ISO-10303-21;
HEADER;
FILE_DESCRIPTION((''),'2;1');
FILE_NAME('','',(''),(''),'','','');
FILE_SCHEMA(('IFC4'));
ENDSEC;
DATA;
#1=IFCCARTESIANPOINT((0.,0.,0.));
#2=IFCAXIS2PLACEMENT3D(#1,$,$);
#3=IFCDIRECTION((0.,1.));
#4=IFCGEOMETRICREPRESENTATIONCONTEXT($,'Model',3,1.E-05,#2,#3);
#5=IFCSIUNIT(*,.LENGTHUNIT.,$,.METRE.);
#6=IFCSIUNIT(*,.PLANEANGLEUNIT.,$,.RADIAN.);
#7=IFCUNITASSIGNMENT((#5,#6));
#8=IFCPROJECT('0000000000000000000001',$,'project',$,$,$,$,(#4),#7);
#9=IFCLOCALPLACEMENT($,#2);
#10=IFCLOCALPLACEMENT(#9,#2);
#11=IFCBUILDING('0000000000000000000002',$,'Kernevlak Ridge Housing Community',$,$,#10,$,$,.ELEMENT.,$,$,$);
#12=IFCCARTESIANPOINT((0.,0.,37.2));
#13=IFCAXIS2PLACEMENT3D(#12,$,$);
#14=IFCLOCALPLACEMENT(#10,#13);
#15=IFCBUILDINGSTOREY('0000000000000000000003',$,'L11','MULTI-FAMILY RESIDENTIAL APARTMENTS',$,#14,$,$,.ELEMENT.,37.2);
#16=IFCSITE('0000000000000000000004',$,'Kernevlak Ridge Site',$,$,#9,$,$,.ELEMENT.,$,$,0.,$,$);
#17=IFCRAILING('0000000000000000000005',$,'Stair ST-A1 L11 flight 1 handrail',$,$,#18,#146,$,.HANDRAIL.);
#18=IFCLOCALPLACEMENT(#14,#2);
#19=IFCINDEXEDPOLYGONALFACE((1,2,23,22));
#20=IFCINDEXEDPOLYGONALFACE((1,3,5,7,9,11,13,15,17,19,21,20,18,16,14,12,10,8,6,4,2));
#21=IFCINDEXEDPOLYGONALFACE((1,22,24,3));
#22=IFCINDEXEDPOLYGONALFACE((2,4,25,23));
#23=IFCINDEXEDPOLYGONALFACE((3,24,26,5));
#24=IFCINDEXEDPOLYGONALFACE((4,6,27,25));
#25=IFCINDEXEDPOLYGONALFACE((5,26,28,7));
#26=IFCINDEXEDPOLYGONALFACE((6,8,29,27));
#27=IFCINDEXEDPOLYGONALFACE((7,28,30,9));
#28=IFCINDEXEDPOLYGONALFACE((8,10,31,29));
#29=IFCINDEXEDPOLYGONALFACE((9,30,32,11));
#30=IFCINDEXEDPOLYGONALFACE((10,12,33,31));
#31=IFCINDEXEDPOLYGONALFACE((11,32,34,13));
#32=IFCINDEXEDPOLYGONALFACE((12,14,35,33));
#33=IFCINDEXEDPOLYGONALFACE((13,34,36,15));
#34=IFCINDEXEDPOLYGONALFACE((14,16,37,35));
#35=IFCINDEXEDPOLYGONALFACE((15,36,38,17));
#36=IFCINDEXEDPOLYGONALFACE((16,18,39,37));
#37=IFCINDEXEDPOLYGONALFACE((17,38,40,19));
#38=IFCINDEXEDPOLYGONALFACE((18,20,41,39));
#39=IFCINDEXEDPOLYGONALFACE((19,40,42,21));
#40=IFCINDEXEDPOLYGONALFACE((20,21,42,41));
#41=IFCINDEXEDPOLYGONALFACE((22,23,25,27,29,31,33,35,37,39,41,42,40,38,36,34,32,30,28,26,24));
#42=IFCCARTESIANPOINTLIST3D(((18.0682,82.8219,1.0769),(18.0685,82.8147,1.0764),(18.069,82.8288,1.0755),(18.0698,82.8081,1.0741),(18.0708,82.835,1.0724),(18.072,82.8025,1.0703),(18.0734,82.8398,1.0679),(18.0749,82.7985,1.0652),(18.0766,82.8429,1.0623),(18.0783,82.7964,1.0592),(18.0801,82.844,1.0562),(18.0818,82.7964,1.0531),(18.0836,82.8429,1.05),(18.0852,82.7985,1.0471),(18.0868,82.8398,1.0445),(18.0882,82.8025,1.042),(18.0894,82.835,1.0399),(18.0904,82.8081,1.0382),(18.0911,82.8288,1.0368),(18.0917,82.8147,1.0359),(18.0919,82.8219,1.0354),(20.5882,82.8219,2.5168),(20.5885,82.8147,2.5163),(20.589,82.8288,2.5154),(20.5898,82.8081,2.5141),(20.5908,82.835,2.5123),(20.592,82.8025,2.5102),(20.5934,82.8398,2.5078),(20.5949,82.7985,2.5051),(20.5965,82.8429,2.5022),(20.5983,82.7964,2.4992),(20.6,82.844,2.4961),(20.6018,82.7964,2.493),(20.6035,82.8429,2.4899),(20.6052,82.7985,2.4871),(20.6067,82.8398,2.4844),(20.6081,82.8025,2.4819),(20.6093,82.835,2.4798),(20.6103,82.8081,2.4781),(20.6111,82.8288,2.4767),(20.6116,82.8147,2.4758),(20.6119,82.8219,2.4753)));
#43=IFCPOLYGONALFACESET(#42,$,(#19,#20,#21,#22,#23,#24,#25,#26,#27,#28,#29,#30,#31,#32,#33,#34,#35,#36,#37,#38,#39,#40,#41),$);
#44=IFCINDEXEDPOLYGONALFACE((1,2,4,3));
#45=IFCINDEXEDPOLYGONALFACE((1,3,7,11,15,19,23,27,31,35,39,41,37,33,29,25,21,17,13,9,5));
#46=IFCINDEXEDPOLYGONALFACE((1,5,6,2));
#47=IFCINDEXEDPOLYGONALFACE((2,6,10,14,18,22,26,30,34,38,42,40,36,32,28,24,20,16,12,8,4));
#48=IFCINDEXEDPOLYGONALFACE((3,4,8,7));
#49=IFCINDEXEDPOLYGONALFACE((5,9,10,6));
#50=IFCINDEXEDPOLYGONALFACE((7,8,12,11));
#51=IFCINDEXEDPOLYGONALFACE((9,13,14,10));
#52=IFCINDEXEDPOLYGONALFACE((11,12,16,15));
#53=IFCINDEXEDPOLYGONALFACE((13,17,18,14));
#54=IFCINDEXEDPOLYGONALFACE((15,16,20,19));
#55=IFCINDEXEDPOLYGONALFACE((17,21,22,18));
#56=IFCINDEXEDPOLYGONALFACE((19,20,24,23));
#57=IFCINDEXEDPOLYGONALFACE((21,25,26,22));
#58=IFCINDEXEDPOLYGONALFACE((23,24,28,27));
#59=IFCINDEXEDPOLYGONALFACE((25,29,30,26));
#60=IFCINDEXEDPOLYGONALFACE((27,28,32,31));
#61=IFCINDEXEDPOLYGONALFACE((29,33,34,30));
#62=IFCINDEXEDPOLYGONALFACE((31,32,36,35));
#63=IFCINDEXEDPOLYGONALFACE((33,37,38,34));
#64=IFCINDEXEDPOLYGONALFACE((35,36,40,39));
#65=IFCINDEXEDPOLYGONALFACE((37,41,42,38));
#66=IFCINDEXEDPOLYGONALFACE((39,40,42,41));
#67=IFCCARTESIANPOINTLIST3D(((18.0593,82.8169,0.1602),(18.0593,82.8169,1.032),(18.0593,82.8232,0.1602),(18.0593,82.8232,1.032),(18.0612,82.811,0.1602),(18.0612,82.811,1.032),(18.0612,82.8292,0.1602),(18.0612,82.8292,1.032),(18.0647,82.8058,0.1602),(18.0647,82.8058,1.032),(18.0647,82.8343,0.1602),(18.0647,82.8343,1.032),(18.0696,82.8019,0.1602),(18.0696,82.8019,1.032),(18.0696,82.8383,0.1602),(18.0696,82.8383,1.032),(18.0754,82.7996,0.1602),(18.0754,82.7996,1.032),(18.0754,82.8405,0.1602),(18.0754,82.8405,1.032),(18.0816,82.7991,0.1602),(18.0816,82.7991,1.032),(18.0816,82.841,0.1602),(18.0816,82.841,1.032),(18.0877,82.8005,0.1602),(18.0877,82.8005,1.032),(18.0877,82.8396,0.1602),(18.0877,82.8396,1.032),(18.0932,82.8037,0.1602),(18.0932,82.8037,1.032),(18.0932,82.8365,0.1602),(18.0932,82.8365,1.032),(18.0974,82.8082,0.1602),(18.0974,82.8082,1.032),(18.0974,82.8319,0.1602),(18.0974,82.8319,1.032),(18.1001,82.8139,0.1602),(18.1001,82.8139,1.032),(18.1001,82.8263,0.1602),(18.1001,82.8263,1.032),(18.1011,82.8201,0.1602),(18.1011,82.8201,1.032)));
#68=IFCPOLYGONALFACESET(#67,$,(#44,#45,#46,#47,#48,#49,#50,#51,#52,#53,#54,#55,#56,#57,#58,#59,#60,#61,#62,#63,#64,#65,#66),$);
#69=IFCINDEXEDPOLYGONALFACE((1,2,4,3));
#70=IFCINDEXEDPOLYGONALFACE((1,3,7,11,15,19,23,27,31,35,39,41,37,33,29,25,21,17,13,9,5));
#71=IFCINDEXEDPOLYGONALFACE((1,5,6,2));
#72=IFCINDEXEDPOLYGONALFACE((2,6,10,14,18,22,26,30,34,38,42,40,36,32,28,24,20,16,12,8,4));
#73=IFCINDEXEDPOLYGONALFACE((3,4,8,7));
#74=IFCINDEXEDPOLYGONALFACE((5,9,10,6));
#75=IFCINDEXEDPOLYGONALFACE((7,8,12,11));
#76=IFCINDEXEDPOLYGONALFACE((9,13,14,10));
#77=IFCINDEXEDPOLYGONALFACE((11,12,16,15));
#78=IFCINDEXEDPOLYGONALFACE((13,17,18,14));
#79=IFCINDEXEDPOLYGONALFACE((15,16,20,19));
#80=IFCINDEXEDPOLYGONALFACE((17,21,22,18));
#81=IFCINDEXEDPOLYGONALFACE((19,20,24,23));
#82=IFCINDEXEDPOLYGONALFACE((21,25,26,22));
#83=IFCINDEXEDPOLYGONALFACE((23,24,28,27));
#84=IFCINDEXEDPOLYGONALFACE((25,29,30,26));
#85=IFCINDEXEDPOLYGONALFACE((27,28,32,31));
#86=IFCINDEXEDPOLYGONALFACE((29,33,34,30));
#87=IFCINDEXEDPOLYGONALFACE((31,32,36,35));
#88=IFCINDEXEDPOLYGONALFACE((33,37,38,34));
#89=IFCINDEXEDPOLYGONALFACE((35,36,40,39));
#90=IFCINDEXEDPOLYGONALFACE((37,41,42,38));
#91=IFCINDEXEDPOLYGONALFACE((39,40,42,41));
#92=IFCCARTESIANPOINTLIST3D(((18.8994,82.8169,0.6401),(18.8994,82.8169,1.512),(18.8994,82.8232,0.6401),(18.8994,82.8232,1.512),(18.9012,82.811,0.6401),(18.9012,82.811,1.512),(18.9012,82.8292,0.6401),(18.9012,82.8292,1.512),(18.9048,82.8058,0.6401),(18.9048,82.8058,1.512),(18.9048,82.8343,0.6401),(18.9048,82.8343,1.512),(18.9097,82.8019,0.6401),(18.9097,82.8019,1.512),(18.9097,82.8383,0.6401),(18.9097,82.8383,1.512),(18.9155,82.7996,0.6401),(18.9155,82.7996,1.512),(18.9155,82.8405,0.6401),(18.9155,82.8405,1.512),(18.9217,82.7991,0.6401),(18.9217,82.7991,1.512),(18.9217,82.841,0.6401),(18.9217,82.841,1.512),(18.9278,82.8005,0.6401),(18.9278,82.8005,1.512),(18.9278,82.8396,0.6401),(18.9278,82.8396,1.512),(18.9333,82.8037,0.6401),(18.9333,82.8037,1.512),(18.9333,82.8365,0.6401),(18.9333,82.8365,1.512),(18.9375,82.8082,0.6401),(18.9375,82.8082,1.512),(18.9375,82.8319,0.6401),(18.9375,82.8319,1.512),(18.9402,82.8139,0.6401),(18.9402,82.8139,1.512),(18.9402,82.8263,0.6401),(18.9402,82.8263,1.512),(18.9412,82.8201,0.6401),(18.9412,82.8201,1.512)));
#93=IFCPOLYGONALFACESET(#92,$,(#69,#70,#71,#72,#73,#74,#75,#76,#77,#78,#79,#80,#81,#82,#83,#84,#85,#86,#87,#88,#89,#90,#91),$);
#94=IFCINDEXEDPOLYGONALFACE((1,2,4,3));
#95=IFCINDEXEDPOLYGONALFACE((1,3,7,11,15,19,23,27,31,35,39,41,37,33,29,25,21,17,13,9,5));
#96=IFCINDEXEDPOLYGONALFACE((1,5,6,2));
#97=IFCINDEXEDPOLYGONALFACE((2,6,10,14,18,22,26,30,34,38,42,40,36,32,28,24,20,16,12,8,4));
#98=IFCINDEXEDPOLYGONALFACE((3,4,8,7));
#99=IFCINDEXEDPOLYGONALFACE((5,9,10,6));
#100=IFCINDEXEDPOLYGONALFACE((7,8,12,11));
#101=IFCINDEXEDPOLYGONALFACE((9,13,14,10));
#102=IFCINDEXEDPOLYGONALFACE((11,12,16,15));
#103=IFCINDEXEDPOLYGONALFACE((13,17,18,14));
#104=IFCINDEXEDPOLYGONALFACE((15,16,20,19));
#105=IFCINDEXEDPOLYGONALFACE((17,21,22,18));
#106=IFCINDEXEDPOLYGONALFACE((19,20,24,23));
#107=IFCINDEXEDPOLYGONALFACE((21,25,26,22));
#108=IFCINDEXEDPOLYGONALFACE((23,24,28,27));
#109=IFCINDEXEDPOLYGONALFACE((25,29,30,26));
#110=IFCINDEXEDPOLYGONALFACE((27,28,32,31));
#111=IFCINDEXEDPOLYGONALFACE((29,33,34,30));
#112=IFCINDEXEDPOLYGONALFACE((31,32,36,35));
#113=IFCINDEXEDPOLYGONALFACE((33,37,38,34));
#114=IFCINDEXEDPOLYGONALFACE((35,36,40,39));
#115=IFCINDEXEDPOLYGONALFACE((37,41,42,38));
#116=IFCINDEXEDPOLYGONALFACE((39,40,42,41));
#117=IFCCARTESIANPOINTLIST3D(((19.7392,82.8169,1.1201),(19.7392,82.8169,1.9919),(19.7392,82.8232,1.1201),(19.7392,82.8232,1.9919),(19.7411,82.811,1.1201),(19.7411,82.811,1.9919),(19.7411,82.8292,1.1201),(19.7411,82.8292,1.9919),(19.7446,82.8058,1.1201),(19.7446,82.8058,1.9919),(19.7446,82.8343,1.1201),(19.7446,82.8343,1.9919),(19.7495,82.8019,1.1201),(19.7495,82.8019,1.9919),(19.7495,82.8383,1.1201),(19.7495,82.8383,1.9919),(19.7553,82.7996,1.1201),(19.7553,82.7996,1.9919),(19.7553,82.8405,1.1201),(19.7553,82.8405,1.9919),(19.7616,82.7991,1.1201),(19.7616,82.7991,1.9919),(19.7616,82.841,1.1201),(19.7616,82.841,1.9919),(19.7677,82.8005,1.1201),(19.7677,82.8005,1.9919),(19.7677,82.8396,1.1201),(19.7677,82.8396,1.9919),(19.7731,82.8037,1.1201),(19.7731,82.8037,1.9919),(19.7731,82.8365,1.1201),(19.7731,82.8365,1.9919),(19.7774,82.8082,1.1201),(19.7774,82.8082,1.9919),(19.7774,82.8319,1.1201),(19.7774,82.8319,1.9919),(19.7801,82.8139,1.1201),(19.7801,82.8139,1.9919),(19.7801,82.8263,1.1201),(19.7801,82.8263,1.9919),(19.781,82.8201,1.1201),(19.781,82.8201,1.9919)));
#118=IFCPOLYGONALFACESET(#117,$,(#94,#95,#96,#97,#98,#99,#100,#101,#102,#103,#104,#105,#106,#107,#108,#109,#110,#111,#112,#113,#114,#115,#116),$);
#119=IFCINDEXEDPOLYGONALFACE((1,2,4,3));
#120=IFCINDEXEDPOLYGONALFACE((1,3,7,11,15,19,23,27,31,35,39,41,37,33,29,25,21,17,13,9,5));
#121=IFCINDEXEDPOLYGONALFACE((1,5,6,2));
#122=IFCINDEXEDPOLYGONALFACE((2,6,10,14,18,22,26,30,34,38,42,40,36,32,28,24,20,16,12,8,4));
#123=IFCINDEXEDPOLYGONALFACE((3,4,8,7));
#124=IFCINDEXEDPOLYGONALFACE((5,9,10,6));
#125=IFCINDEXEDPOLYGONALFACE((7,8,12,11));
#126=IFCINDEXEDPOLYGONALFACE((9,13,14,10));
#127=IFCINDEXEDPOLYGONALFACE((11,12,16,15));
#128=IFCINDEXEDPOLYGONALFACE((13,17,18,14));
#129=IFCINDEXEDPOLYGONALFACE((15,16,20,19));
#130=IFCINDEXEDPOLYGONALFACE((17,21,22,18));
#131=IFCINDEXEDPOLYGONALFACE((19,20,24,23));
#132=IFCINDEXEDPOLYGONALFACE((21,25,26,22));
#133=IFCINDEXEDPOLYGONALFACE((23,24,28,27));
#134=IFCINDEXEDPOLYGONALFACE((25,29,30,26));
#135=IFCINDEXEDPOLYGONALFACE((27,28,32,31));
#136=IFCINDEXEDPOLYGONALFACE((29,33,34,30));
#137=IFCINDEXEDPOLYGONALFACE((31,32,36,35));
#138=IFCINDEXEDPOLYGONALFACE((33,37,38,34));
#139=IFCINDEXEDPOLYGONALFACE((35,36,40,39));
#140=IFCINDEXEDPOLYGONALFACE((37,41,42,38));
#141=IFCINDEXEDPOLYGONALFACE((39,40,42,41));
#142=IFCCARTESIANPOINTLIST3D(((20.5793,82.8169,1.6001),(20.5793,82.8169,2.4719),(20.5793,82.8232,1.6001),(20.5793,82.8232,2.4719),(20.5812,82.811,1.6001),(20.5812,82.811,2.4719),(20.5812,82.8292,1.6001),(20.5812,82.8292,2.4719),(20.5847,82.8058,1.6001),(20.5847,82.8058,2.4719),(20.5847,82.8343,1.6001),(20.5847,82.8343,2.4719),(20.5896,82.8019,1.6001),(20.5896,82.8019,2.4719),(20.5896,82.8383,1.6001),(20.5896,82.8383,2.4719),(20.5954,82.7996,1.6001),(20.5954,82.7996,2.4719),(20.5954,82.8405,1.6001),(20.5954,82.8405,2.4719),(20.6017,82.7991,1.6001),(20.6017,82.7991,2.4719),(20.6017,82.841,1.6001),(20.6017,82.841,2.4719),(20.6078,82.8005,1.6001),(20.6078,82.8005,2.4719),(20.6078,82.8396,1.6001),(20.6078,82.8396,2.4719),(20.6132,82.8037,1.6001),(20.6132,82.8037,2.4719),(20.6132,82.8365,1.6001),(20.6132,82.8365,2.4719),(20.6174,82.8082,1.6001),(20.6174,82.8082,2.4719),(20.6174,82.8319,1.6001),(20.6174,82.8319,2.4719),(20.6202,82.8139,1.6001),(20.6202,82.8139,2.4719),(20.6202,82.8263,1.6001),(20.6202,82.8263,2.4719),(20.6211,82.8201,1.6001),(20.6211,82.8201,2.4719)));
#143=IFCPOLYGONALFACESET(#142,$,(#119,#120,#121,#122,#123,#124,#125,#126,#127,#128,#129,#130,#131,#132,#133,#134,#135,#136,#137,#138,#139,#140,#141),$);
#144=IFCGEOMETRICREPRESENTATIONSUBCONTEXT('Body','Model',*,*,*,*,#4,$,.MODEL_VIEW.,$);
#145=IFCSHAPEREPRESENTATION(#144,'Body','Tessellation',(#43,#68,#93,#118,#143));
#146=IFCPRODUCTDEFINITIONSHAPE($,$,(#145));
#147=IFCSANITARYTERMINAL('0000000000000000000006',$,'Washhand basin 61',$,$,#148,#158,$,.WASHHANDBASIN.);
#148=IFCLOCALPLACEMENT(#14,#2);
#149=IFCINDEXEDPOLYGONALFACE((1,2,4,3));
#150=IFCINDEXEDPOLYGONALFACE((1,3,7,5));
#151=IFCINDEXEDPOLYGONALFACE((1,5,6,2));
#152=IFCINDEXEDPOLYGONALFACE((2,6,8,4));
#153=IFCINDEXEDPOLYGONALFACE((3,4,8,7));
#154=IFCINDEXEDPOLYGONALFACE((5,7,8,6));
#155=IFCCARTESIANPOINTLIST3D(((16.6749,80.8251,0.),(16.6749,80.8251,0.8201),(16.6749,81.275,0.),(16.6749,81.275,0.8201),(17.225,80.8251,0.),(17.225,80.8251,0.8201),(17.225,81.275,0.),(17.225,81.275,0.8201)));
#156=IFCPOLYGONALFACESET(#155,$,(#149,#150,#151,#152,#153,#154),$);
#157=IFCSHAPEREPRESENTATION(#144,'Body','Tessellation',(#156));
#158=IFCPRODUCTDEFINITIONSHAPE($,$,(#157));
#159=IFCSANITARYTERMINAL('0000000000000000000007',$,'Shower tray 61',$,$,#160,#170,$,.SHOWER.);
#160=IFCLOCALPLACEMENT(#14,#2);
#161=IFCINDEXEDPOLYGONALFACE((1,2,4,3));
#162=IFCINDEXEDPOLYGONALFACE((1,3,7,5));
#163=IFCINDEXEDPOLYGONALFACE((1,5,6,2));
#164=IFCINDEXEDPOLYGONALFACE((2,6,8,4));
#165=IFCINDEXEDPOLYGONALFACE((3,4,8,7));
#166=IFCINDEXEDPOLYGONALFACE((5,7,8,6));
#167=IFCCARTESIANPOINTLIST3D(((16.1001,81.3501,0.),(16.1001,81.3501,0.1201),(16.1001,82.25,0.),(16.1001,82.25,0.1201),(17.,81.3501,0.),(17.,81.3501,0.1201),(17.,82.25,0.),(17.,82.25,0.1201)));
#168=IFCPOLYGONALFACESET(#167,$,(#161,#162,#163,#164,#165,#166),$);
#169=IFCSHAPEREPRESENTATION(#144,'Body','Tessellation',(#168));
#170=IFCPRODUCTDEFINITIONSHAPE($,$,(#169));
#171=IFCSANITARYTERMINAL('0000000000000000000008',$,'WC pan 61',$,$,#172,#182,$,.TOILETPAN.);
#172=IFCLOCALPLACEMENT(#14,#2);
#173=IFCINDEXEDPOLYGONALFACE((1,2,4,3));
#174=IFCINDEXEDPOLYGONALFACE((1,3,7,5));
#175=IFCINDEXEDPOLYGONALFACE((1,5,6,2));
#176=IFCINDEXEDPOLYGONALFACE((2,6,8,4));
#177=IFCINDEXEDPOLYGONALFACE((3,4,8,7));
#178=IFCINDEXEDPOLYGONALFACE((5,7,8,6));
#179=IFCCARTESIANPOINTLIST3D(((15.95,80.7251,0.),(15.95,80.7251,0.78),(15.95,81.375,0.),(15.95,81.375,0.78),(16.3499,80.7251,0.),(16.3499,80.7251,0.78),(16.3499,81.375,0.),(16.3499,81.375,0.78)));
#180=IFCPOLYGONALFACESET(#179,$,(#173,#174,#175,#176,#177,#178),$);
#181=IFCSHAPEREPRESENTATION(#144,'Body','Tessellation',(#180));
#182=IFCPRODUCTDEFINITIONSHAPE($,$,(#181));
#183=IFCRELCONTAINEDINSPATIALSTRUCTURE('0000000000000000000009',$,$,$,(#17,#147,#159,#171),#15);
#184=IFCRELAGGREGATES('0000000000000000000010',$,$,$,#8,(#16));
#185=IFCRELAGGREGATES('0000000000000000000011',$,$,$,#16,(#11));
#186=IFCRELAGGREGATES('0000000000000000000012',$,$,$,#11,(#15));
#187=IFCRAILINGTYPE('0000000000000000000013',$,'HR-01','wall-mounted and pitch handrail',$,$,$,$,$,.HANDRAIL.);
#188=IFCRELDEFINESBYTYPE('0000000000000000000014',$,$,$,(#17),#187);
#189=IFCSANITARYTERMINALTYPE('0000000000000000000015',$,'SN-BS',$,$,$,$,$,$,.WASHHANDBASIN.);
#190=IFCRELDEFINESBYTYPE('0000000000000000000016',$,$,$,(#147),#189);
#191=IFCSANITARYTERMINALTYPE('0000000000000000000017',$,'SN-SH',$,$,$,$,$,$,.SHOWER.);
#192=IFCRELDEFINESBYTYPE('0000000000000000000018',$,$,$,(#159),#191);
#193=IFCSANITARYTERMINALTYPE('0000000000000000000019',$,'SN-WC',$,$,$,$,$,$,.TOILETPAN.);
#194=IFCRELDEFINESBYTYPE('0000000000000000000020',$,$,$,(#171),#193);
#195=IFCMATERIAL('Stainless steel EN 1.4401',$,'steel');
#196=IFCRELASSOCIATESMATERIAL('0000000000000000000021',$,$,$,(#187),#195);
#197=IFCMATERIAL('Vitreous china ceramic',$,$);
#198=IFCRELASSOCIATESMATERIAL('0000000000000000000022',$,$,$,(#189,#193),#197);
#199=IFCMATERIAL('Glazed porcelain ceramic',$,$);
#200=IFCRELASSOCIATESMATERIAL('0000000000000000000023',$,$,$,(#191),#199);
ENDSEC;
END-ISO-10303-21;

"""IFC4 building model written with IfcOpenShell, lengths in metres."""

from ifc_helpers import new_model, si_unit, direction, frame, origin, origin_2d, place, context, subcontext, project, spatial, rectangle, circle, extrude, material, type_object, element, save


model = new_model("IFC4")

# Units and contexts
model_context = context("Model", 3, precision=1e-05, world=origin(), true_north=direction((0.0, 1.0)))
body_context = subcontext(model_context, "Body", "Model", "MODEL_VIEW")
ifc_project = project(units=[si_unit("LENGTHUNIT", "METRE"), si_unit("PLANEANGLEUNIT", "RADIAN")], contexts=[model_context])

# Site, building, storey
site_placement = place(None, origin())
site = spatial("IfcSite", under=ifc_project, at=site_placement, Name="Kernevlak Ridge Site", CompositionType="ELEMENT", RefElevation=0.0)
building_placement = place(site_placement, origin())
building = spatial("IfcBuilding", under=site, at=building_placement, Name="Kernevlak Ridge Housing Community", CompositionType="ELEMENT")
storey_placement = place(building_placement, frame((0.0, 0.0, 37.2)))
storey = spatial("IfcBuildingStorey", under=building, at=storey_placement, Name="L11", Description="MULTI-FAMILY RESIDENTIAL APARTMENTS", CompositionType="ELEMENT", Elevation=37.2)

# Railing
ifc_material_1 = material(Name="Stainless steel EN 1.4401", Category="steel")
railing_type_1 = type_object("IfcRailingType", Name="HR-01", Description="wall-mounted and pitch handrail", PredefinedType="HANDRAIL", material=ifc_material_1)
railing_1_placement = place(storey_placement, frame((18.0801, 82.8201, 0.1602)))
element("IfcRailing", 1, at=railing_1_placement, inside=storey, type_object=railing_type_1, Name="Stair ST-A1 L11 flight 1 handrail", PredefinedType="HANDRAIL", context=body_context, shape_type="SweptSolid", body=[
    extrude(circle(Radius=0.0239, at=origin_2d()), frame((0.0, 0.0, 0.896), z_axis=(0.868253, 0.0, 0.496121), x_axis=(0.0, 1.0, 0.0)), (0.0, 0.0, 1.0), 2.9023),
    extrude(circle(Radius=0.021, at=origin_2d()), origin(), (0.0, 0.0, 1.0), 0.8718),
    extrude(circle(Radius=0.021, at=origin_2d()), frame((0.8401, 0.0, 0.48)), (0.0, 0.0, 1.0), 0.8718),
    extrude(circle(Radius=0.021, at=origin_2d()), frame((1.6799, 0.0, 0.96)), (0.0, 0.0, 1.0), 0.8718),
    extrude(circle(Radius=0.021, at=origin_2d()), frame((2.52, 0.0, 1.4399)), (0.0, 0.0, 1.0), 0.8718),
])

# Sanitary terminals
ifc_material_2 = material(Name="Vitreous china ceramic")
sanitary_terminal_type_1 = type_object("IfcSanitaryTerminalType", Name="SN-BS", PredefinedType="WASHHANDBASIN", material=ifc_material_2)
sanitary_terminal_1_placement = place(storey_placement, frame((16.95, 81.05, 0.0), z_axis=(0.0, 0.0, 1.0), x_axis=(1.0, 0.0, 0.0)))
element("IfcSanitaryTerminal", 2, at=sanitary_terminal_1_placement, inside=storey, type_object=sanitary_terminal_type_1, Name="Washhand basin 61", PredefinedType="WASHHANDBASIN", context=body_context, shape_type="SweptSolid", body=[
    extrude(rectangle(XDim=0.55, YDim=0.45, at=origin_2d()), origin(), (0.0, 0.0, 1.0), 0.8201),
])
ifc_material_3 = material(Name="Glazed porcelain ceramic")
sanitary_terminal_type_2 = type_object("IfcSanitaryTerminalType", Name="SN-SH", PredefinedType="SHOWER", material=ifc_material_3)
sanitary_terminal_2_placement = place(storey_placement, frame((16.55, 81.8, 0.0), z_axis=(0.0, 0.0, 1.0), x_axis=(1.0, 0.0, 0.0)))
element("IfcSanitaryTerminal", 3, at=sanitary_terminal_2_placement, inside=storey, type_object=sanitary_terminal_type_2, Name="Shower tray 61", PredefinedType="SHOWER", context=body_context, shape_type="SweptSolid", body=[
    extrude(rectangle(XDim=0.8999, YDim=0.8999, at=origin_2d()), origin(), (0.0, 0.0, 1.0), 0.1201),
])
sanitary_terminal_type_3 = type_object("IfcSanitaryTerminalType", Name="SN-WC", PredefinedType="TOILETPAN", material=ifc_material_2)
sanitary_terminal_3_placement = place(storey_placement, frame((16.1499, 81.05, 0.0), z_axis=(0.0, 0.0, 1.0), x_axis=(1.0, 0.0, 0.0)))
element("IfcSanitaryTerminal", 4, at=sanitary_terminal_3_placement, inside=storey, type_object=sanitary_terminal_type_3, Name="WC pan 61", PredefinedType="TOILETPAN", context=body_context, shape_type="SweptSolid", body=[
    extrude(rectangle(XDim=0.3999, YDim=0.6499, at=origin_2d()), origin(), (0.0, 0.0, 1.0), 0.78),
])

save(model, "model.ifc")
